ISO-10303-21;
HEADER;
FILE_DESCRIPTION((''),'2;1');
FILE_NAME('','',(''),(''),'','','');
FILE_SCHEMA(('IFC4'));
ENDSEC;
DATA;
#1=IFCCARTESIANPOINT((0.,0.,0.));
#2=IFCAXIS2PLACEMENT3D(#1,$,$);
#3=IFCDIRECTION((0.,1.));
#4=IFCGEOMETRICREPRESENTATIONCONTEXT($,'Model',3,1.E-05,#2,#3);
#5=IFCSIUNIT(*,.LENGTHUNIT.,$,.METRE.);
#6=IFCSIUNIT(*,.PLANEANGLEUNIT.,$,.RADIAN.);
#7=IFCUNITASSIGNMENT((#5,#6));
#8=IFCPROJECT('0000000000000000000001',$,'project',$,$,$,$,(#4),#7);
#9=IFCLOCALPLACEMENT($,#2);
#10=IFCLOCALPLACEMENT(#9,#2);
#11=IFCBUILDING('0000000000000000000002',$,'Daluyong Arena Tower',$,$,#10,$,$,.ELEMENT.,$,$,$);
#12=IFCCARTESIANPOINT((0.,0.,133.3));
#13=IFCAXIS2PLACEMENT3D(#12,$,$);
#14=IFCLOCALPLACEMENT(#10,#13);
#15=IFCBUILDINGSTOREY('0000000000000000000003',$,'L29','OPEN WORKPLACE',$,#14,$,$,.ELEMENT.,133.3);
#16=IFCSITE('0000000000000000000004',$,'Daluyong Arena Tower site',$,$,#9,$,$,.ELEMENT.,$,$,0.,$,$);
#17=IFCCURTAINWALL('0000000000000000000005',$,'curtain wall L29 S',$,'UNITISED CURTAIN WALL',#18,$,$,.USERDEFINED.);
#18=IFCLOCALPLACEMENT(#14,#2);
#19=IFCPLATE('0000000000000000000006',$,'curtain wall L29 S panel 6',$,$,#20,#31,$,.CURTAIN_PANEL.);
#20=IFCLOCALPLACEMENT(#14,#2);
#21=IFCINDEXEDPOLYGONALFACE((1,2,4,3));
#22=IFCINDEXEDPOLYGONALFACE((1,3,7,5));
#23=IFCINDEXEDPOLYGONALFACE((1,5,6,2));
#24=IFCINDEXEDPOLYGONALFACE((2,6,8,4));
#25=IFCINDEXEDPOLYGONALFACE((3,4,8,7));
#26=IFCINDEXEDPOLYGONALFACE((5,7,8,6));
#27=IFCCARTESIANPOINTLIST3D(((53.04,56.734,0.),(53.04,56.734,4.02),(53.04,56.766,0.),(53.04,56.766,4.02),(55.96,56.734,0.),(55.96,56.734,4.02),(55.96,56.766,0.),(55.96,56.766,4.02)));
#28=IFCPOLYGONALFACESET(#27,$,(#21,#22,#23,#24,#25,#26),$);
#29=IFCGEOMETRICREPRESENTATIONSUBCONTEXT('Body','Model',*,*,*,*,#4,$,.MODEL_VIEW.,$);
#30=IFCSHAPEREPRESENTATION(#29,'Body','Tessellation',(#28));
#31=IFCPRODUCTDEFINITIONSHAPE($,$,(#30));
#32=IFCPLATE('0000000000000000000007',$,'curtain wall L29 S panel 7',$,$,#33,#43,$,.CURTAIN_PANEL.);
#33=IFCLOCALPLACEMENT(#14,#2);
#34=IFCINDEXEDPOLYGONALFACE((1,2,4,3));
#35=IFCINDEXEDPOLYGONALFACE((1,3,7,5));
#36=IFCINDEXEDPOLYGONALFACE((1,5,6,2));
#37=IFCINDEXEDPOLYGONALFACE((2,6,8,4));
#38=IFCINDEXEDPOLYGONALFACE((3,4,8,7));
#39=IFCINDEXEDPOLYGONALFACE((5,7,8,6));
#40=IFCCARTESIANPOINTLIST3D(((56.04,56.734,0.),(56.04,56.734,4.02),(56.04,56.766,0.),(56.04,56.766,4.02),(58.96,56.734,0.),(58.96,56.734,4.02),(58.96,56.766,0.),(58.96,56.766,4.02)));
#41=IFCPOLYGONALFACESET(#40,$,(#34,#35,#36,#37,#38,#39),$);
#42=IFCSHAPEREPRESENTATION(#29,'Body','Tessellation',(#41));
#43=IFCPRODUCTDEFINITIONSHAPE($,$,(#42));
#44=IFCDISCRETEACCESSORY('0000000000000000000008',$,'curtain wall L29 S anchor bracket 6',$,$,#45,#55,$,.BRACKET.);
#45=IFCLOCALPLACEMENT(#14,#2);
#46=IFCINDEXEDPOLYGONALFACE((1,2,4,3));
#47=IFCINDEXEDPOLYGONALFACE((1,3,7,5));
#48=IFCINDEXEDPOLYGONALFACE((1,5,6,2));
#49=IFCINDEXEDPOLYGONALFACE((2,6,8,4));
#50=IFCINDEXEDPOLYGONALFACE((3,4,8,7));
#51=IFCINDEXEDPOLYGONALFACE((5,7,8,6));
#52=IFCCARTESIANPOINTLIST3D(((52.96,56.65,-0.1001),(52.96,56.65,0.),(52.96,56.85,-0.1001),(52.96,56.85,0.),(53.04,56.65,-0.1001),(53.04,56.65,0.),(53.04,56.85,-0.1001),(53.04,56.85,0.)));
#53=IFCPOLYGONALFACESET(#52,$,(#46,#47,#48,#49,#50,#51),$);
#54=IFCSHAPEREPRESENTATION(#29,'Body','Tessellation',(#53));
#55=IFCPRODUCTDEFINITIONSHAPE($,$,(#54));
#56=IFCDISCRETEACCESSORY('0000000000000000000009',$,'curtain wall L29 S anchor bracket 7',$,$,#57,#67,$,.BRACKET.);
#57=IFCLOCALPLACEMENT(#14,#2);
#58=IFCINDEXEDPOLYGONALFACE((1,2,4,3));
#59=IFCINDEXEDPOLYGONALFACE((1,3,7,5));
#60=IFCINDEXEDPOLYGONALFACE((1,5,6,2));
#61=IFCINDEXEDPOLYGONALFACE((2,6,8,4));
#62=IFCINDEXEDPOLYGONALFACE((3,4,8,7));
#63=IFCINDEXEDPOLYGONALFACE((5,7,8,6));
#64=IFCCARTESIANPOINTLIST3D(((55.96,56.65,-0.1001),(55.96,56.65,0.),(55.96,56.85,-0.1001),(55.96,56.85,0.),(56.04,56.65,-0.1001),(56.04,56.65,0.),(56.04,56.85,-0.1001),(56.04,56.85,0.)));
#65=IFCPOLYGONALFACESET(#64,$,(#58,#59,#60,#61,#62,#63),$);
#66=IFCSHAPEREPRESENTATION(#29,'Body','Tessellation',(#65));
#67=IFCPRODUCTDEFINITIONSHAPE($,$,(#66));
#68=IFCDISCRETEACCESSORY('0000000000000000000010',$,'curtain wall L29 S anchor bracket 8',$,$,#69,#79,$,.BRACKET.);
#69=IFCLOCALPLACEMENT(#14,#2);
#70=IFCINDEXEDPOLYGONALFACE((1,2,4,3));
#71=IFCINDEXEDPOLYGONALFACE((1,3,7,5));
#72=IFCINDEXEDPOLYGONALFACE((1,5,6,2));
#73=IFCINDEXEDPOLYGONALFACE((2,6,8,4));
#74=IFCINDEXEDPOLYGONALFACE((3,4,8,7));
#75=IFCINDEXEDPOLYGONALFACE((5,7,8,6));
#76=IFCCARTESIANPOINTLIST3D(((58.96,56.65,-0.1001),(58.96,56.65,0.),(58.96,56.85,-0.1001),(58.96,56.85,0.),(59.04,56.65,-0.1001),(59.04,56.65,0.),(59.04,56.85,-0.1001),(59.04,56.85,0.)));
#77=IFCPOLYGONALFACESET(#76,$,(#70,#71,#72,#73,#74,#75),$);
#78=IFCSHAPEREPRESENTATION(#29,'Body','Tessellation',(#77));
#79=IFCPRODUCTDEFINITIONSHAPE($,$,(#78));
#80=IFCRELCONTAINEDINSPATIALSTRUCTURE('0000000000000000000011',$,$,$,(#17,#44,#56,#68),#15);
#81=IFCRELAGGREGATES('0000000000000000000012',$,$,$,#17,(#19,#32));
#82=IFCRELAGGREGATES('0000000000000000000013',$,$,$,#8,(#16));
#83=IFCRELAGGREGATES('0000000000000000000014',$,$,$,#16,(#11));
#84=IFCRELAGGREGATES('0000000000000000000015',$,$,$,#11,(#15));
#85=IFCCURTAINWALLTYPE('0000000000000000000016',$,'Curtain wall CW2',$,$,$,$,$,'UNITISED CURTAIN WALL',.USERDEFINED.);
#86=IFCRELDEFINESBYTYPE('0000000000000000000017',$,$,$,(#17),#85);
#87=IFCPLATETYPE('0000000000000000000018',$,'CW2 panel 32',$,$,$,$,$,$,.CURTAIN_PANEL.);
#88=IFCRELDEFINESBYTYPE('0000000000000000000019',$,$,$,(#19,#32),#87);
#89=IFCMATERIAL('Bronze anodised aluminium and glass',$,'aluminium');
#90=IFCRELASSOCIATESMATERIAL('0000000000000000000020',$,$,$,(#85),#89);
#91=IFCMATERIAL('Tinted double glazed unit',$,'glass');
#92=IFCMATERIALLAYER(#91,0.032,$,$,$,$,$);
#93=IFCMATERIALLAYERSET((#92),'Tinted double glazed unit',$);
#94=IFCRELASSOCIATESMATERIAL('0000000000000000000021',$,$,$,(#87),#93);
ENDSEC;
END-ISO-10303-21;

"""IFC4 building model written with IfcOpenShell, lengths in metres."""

from ifc_helpers import new_model, si_unit, direction, frame, origin, origin_2d, place, context, subcontext, project, spatial, rectangle, extrude, material, layer, layer_set, type_object, element, aggregate, save


model = new_model("IFC4")

# Units and contexts
model_context = context("Model", 3, precision=1e-05, world=origin(), true_north=direction((0.0, 1.0)))
body_context = subcontext(model_context, "Body", "Model", "MODEL_VIEW")
ifc_project = project(units=[si_unit("LENGTHUNIT", "METRE"), si_unit("PLANEANGLEUNIT", "RADIAN")], contexts=[model_context])

# Site, building, storey
site_placement = place(None, origin())
site = spatial("IfcSite", under=ifc_project, at=site_placement, Name="Daluyong Arena Tower site", CompositionType="ELEMENT", RefElevation=0.0)
building_placement = place(site_placement, origin())
building = spatial("IfcBuilding", under=site, at=building_placement, Name="Daluyong Arena Tower", CompositionType="ELEMENT")
storey_placement = place(building_placement, frame((0.0, 0.0, 133.3)))
storey = spatial("IfcBuildingStorey", under=building, at=storey_placement, Name="L29", Description="OPEN WORKPLACE", CompositionType="ELEMENT", Elevation=133.3)

# Curtain wall
ifc_material_1 = material(Name="Bronze anodised aluminium and glass", Category="aluminium")
curtain_wall_type = type_object("IfcCurtainWallType", Name="Curtain wall CW2", ElementType="UNITISED CURTAIN WALL", PredefinedType="USERDEFINED", material=ifc_material_1)
curtain_wall_placement = place(storey_placement, origin())
curtain_wall = element("IfcCurtainWall", 1, at=curtain_wall_placement, inside=storey, type_object=curtain_wall_type, Name="curtain wall L29 S", ObjectType="UNITISED CURTAIN WALL", PredefinedType="USERDEFINED")

# Plates
ifc_material_2 = material(Name="Tinted double glazed unit", Category="glass")
ifc_layer = layer(ifc_material_2, 0.032)
ifc_layer_set = layer_set([ifc_layer], Name="Tinted double glazed unit")
plate_type = type_object("IfcPlateType", Name="CW2 panel 32", PredefinedType="CURTAIN_PANEL", material=ifc_layer_set)
plate_1_placement = place(storey_placement, frame((54.5, 56.75, 0.0), z_axis=(0.0, 0.0, 1.0), x_axis=(1.0, 0.0, 0.0)))
plate_1 = element("IfcPlate", 2, at=plate_1_placement, type_object=plate_type, Name="curtain wall L29 S panel 6", PredefinedType="CURTAIN_PANEL", context=body_context, shape_type="SweptSolid", body=[
    extrude(rectangle(XDim=2.9199, YDim=0.032, at=origin_2d()), origin(), (0.0, 0.0, 1.0), 4.02),
])
plate_2_placement = place(storey_placement, frame((57.5, 56.75, 0.0), z_axis=(0.0, 0.0, 1.0), x_axis=(1.0, 0.0, 0.0)))
plate_2 = element("IfcPlate", 3, at=plate_2_placement, type_object=plate_type, Name="curtain wall L29 S panel 7", PredefinedType="CURTAIN_PANEL", context=body_context, shape_type="SweptSolid", body=[
    extrude(rectangle(XDim=2.9199, YDim=0.032, at=origin_2d()), origin(), (0.0, 0.0, 1.0), 4.02),
])
aggregate(curtain_wall, [plate_1, plate_2])

# Discrete accessories
for number, where, z_axis, x_axis, name in (
    (4, (53.0, 56.75, -0.1001), (0.0, 0.0, 1.0), (1.0, 0.0, 0.0), "curtain wall L29 S anchor bracket 6"),
    (5, (56.0, 56.75, -0.1001), (0.0, 0.0, 1.0), (1.0, 0.0, 0.0), "curtain wall L29 S anchor bracket 7"),
    (6, (59.0, 56.75, -0.1001), (0.0, 0.0, 1.0), (1.0, 0.0, 0.0), "curtain wall L29 S anchor bracket 8"),
):
    element("IfcDiscreteAccessory", number, at=place(storey_placement, frame(where, z_axis=z_axis, x_axis=x_axis)), inside=storey, Name=name, PredefinedType="BRACKET", context=body_context, shape_type="SweptSolid", body=[
        extrude(rectangle(XDim=0.0801, YDim=0.2, at=origin_2d()), origin(), (0.0, 0.0, 1.0), 0.1001),
    ])

save(model, "model.ifc")
